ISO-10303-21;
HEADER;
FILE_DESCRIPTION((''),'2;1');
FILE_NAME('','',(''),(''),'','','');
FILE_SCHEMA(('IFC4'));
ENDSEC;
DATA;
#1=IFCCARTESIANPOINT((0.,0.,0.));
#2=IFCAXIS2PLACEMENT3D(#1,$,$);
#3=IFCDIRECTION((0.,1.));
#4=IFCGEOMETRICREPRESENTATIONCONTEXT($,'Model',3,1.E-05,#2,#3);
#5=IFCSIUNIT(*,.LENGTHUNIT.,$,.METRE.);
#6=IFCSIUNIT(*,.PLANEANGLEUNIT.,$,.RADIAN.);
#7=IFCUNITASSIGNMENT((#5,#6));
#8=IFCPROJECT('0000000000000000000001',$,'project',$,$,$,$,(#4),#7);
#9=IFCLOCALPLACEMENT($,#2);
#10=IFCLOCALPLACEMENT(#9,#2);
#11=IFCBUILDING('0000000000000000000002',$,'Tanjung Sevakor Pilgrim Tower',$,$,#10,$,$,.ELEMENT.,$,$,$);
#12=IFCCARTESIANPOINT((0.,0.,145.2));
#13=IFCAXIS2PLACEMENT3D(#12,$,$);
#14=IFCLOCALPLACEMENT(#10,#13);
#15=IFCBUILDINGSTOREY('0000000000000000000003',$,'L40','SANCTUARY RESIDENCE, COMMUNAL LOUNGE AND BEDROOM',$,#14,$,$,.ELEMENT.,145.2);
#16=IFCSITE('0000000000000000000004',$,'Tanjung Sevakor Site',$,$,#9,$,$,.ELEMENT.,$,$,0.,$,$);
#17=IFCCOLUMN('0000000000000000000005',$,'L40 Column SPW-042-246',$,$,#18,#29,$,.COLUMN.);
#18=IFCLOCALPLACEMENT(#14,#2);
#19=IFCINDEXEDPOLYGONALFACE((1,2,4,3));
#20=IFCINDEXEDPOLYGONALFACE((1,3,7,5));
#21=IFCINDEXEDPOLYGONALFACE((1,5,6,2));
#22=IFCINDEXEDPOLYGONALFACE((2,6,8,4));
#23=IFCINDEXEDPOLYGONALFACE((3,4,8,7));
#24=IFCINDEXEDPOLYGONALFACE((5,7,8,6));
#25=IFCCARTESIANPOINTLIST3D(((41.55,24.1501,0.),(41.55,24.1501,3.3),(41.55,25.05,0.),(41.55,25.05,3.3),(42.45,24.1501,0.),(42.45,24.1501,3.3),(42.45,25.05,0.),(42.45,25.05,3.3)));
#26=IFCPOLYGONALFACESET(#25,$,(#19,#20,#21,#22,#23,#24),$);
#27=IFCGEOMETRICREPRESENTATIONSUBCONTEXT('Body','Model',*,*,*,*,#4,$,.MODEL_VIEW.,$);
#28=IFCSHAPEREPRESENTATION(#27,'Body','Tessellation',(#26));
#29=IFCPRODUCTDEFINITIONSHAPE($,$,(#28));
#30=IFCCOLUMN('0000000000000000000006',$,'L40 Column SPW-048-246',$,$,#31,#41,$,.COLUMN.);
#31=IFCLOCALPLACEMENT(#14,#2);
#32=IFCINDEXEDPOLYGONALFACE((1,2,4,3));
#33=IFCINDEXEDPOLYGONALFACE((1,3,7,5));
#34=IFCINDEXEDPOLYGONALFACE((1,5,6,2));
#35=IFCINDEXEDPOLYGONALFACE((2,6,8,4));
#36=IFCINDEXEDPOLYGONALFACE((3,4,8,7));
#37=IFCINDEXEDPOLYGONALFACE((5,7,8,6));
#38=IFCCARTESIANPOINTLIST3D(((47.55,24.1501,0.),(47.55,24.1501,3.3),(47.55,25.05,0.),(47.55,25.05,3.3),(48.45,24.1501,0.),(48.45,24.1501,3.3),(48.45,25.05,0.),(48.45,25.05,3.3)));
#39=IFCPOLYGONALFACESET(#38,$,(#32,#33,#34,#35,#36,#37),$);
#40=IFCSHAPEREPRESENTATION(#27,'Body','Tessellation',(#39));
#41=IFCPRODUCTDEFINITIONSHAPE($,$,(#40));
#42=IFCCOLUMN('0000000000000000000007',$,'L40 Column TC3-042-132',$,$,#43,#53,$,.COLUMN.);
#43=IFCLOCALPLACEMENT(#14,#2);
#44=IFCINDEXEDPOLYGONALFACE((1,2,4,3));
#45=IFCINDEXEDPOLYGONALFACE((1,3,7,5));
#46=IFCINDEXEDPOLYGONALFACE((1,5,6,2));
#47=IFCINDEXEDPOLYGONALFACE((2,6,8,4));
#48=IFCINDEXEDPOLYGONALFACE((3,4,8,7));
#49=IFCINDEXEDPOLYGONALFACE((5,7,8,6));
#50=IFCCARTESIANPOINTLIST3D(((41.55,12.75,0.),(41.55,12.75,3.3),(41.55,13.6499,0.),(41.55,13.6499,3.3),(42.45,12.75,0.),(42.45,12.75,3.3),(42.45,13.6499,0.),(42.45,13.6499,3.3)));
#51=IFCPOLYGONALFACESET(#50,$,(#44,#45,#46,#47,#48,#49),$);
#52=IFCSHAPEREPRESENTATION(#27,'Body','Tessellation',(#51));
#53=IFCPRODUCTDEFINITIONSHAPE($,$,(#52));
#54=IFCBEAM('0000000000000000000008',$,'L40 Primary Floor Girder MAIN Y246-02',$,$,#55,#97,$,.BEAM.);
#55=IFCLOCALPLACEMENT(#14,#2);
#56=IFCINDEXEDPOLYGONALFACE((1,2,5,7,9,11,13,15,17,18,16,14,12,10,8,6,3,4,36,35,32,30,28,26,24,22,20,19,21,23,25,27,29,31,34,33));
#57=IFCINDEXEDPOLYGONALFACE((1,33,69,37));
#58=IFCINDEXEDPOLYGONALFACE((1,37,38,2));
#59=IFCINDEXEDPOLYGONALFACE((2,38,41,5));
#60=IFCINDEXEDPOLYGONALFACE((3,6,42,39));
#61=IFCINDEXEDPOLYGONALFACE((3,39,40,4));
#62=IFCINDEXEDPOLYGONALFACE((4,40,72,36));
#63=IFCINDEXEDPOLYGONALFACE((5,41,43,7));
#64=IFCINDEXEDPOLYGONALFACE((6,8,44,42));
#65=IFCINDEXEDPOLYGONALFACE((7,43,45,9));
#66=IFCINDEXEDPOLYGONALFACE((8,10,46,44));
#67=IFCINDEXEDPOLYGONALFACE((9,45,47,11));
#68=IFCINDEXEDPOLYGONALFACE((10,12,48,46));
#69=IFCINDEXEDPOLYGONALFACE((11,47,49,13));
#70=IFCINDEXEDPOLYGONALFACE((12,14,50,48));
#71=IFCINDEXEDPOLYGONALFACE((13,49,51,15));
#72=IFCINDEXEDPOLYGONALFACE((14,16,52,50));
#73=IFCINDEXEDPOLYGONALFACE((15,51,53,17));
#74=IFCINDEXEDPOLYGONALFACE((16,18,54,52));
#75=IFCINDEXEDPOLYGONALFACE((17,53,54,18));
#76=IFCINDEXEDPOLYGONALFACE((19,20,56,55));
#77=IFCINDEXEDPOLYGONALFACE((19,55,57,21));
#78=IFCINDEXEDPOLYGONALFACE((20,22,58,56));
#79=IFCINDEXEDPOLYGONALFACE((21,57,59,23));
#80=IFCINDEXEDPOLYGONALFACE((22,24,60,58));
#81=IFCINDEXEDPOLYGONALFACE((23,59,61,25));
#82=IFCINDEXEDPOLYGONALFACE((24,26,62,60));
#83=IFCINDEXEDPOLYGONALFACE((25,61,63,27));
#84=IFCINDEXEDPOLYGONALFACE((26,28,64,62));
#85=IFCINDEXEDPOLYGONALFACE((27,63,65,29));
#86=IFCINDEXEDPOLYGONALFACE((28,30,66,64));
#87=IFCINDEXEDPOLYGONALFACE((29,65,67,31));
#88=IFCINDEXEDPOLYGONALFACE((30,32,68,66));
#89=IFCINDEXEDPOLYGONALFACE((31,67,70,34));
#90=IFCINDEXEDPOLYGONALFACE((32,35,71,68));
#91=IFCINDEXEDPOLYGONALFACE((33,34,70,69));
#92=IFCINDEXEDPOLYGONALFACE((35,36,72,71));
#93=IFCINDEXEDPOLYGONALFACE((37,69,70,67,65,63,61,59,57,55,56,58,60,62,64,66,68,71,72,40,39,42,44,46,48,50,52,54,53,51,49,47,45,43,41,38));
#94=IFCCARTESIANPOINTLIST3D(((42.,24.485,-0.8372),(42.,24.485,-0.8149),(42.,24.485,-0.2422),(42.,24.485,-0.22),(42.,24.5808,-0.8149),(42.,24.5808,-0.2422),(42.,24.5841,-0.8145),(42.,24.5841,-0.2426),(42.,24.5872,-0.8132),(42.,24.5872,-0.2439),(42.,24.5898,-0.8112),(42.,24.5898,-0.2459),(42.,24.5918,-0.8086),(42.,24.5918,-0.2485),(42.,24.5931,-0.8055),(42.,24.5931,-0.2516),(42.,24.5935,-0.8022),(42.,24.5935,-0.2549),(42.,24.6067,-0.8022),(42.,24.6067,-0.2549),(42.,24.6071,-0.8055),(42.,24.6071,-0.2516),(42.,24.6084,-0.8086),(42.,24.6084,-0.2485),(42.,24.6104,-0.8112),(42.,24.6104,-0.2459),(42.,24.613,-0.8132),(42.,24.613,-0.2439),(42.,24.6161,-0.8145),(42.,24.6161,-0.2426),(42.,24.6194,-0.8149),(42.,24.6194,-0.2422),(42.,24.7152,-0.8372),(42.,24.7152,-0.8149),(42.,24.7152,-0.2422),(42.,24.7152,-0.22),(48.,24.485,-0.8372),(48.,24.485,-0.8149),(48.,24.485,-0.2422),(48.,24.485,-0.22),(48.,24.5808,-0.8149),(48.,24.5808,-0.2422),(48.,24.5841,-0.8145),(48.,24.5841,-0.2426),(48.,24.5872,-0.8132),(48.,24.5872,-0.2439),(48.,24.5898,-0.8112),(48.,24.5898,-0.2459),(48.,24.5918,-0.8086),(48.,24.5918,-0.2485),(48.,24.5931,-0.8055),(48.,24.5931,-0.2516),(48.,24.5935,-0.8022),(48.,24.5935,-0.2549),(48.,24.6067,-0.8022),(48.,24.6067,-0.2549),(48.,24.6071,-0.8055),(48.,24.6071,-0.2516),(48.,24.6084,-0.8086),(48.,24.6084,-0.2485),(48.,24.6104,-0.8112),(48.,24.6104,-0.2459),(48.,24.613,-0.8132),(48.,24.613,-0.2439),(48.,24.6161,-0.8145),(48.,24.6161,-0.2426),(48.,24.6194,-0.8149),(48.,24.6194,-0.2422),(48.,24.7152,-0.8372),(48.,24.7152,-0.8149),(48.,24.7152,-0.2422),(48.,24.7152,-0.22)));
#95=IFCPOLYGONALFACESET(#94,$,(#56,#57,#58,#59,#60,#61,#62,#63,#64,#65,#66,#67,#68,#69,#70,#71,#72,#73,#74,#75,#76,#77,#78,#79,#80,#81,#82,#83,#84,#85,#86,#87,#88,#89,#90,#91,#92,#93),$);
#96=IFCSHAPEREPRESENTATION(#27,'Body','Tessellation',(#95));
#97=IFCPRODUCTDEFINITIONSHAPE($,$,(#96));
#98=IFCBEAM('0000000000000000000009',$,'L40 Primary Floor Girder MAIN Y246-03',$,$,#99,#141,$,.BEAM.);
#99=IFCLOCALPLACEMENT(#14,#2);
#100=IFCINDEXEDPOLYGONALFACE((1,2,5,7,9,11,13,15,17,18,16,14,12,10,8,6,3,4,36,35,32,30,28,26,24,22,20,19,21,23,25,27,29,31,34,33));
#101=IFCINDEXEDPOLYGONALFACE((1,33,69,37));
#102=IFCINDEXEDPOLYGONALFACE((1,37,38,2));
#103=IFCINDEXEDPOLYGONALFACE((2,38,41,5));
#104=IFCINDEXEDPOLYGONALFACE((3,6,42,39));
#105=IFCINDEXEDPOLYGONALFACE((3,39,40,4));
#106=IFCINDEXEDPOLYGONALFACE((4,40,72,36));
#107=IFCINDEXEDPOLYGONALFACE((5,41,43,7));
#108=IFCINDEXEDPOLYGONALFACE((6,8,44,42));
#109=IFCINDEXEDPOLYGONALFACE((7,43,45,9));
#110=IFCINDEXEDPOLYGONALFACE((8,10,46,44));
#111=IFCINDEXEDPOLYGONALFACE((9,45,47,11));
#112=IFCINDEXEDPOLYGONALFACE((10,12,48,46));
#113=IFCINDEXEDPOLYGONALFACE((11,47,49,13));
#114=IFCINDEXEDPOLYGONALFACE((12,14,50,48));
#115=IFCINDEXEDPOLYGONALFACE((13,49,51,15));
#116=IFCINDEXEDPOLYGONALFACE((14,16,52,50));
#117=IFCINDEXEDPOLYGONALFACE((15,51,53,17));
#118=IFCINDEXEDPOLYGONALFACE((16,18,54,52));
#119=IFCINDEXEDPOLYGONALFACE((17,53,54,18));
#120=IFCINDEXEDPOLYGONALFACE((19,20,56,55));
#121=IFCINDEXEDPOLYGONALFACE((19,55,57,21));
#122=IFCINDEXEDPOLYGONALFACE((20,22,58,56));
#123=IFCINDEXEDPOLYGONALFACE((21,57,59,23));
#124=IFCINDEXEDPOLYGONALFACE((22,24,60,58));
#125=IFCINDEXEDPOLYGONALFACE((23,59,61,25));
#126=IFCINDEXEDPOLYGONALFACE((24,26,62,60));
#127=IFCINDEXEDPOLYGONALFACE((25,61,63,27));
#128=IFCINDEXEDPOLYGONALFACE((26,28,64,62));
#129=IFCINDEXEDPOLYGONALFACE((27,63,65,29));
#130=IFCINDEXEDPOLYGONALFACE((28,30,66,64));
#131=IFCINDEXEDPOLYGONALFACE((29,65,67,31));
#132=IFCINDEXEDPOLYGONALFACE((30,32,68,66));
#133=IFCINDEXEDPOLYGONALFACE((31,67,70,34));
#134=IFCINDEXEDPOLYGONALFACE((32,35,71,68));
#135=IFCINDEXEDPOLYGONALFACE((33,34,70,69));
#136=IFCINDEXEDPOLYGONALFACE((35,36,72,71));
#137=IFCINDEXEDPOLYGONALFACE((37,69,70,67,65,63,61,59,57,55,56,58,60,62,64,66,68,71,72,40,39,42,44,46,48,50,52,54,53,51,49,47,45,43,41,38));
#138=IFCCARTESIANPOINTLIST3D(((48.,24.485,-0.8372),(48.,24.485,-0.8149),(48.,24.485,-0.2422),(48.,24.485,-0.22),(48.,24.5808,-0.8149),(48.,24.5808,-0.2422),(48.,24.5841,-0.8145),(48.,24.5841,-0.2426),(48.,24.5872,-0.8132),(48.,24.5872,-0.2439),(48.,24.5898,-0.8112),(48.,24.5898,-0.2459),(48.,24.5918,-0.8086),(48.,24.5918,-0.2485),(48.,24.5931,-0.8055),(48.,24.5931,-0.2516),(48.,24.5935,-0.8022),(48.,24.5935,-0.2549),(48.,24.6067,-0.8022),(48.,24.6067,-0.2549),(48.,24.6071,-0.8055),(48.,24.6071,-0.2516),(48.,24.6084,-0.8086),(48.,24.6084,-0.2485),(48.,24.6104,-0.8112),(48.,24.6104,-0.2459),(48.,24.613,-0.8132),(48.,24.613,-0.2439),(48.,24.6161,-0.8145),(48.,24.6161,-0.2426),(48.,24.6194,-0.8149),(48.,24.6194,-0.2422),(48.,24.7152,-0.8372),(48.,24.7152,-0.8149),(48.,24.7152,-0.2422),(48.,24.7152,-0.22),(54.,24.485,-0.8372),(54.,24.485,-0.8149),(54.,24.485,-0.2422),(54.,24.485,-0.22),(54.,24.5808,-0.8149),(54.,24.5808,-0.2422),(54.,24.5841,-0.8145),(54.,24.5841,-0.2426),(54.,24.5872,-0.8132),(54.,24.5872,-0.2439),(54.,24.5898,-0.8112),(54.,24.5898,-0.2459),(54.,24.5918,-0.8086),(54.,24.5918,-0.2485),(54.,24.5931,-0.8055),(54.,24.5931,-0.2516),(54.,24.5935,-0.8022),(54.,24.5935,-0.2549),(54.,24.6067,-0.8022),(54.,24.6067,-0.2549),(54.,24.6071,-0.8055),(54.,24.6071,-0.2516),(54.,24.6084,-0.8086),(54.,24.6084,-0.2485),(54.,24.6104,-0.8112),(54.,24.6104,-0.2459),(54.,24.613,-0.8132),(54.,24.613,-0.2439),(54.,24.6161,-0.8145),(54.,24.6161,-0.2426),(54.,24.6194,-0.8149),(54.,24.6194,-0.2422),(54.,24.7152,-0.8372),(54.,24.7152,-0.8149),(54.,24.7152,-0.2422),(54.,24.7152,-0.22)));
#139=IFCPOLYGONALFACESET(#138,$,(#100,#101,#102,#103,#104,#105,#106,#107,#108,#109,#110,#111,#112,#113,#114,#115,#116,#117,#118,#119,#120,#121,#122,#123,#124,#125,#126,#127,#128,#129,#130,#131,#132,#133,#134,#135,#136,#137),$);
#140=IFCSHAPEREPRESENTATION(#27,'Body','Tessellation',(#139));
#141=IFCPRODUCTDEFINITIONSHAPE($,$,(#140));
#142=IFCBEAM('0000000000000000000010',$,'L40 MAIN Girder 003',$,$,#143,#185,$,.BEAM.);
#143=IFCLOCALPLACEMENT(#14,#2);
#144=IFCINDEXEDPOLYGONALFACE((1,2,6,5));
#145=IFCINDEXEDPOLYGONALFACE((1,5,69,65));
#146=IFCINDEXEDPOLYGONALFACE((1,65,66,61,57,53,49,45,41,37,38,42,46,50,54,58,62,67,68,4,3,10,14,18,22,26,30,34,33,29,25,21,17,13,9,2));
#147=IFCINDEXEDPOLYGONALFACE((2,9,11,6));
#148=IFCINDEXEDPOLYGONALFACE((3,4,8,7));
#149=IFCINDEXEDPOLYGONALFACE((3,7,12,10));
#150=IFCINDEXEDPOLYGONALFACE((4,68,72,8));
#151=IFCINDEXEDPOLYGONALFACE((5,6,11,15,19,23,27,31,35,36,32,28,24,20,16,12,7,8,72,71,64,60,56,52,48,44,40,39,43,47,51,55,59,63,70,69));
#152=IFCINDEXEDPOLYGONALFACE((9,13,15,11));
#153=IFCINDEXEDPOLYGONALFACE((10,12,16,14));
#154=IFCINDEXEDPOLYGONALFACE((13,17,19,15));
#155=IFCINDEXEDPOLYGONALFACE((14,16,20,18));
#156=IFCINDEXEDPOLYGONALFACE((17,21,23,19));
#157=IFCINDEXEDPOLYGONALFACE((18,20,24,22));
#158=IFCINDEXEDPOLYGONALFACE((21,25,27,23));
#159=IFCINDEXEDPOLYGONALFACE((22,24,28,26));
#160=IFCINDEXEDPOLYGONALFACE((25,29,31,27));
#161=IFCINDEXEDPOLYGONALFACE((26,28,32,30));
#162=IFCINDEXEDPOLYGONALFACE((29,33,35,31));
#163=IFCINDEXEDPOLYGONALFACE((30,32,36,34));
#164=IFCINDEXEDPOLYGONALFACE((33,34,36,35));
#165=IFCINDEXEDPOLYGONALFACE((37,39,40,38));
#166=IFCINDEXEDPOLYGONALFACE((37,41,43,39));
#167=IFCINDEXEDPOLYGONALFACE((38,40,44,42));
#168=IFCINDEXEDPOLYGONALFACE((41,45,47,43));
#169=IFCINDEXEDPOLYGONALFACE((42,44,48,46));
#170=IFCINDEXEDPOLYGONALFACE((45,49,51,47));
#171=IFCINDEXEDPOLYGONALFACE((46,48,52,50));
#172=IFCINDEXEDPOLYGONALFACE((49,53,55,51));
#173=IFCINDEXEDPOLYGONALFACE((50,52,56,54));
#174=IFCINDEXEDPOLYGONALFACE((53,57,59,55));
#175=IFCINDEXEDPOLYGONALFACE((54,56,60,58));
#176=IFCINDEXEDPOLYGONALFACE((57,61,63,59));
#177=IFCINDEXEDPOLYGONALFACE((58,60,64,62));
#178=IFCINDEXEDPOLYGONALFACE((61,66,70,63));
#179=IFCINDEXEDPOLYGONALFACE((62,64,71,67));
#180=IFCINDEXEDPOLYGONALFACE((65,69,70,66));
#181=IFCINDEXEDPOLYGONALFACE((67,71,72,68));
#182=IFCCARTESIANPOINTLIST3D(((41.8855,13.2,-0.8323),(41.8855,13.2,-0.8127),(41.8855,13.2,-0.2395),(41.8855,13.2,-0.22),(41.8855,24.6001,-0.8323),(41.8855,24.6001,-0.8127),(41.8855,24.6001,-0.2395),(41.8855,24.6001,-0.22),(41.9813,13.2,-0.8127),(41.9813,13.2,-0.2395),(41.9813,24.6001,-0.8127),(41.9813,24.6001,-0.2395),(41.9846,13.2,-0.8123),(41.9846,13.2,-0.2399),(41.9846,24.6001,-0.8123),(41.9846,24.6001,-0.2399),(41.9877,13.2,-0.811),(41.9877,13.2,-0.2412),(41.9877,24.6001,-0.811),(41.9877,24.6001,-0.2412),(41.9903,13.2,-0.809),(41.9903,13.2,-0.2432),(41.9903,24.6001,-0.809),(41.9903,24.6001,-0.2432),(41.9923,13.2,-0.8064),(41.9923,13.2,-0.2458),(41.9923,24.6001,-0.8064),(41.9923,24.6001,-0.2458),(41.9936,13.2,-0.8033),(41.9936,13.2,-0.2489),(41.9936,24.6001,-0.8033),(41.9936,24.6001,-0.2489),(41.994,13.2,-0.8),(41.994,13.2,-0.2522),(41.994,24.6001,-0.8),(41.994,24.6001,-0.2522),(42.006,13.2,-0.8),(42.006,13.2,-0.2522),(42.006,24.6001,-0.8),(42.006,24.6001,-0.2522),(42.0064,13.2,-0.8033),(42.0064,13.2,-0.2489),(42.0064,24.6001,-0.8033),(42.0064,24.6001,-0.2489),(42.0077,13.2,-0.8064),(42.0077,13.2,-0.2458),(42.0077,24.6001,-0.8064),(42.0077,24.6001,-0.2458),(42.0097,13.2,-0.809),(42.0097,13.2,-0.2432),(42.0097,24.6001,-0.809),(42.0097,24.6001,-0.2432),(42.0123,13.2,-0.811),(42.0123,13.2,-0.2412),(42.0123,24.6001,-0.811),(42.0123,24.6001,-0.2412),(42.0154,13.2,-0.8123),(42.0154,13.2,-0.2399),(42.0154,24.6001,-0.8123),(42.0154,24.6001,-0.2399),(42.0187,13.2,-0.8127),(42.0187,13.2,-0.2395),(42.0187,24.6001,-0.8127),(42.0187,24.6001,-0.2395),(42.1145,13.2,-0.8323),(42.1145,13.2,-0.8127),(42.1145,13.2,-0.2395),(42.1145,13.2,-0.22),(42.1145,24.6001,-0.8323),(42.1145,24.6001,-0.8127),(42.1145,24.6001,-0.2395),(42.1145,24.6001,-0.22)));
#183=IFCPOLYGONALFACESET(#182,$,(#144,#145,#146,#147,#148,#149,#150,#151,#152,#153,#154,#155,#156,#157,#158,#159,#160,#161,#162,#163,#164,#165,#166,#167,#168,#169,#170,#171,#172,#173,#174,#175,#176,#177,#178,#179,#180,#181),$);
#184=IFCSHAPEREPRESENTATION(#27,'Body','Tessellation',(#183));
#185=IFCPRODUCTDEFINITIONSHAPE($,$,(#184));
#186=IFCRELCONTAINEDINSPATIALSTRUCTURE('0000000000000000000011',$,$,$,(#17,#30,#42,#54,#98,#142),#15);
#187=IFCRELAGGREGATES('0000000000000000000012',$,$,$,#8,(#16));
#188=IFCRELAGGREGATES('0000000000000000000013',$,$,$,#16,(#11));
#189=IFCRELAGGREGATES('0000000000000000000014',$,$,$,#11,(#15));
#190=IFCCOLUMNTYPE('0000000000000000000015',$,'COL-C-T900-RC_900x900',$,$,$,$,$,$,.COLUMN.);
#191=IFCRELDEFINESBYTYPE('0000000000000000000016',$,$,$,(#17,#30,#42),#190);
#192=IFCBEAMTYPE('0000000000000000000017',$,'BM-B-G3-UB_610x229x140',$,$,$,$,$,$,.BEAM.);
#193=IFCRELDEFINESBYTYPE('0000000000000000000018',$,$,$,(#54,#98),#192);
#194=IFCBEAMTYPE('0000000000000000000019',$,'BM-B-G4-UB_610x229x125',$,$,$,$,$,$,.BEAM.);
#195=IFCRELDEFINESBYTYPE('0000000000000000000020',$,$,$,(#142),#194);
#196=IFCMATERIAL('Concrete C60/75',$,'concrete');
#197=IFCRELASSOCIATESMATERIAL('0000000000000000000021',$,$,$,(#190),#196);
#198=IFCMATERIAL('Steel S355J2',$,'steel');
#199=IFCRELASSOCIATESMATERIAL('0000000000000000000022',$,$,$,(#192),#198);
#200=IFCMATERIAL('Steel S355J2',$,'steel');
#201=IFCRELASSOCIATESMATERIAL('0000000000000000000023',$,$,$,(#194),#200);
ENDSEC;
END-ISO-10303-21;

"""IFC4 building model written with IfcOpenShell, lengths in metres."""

from ifc_helpers import new_model, si_unit, direction, frame, origin, origin_2d, place, context, subcontext, project, spatial, rectangle, i_section, extrude, material, material_profile, profile_set, type_object, element, save


model = new_model("IFC4")

# Units and contexts
model_context = context("Model", 3, precision=1e-05, world=origin(), true_north=direction((0.0, 1.0)))
body_context = subcontext(model_context, "Body", "Model", "MODEL_VIEW")
ifc_project = project(units=[si_unit("LENGTHUNIT", "METRE"), si_unit("PLANEANGLEUNIT", "RADIAN")], contexts=[model_context])

# Site, building, storey
site_placement = place(None, origin())
site = spatial("IfcSite", under=ifc_project, at=site_placement, Name="Tanjung Sevakor Site", CompositionType="ELEMENT", RefElevation=0.0)
building_placement = place(site_placement, origin())
building = spatial("IfcBuilding", under=site, at=building_placement, Name="Tanjung Sevakor Pilgrim Tower", CompositionType="ELEMENT")
storey_placement = place(building_placement, frame((0.0, 0.0, 145.2)))
storey = spatial("IfcBuildingStorey", under=building, at=storey_placement, Name="L40", Description="SANCTUARY RESIDENCE, COMMUNAL LOUNGE AND BEDROOM", CompositionType="ELEMENT", Elevation=145.2)

# Columns
ifc_material_1 = material(Name="Concrete C60/75", Category="concrete")
ifc_material_profile_1 = material_profile(ifc_material_1, rectangle(XDim=0.8999, YDim=0.8999, at=origin_2d()))
ifc_profile_set_1 = profile_set([ifc_material_profile_1], Name="Concrete C60/75")
column_type = type_object("IfcColumnType", Name="COL-C-T900-RC_900x900", PredefinedType="COLUMN", material=ifc_profile_set_1)
for number, where, z_axis, x_axis, name in (
    (1, (42.0, 24.6001, 0.0), (0.0, 0.0, 1.0), (1.0, 0.0, 0.0), "L40 Column SPW-042-246"),
    (2, (48.0, 24.6001, 0.0), (0.0, 0.0, 1.0), (1.0, 0.0, 0.0), "L40 Column SPW-048-246"),
    (3, (42.0, 13.2, 0.0), (0.0, 0.0, 1.0), (1.0, 0.0, 0.0), "L40 Column TC3-042-132"),
):
    element("IfcColumn", number, at=place(storey_placement, frame(where, z_axis=z_axis, x_axis=x_axis)), inside=storey, type_object=column_type, Name=name, PredefinedType="COLUMN", context=body_context, shape_type="SweptSolid", body=[
        extrude(rectangle(XDim=0.8999, YDim=0.8999, at=origin_2d()), origin(), (0.0, 0.0, 1.0), 3.3),
    ])

# Beams
ifc_material_2 = material(Name="Steel S355J2", Category="steel")
ifc_material_profile_2 = material_profile(ifc_material_2, i_section(OverallWidth=0.2302, OverallDepth=0.6172, WebThickness=0.0132, FlangeThickness=0.0222, FilletRadius=0.0127, at=origin_2d()))
ifc_profile_set_2 = profile_set([ifc_material_profile_2], Name="Steel S355J2")
beam_type_1 = type_object("IfcBeamType", Name="BM-B-G3-UB_610x229x140", PredefinedType="BEAM", material=ifc_profile_set_2)
for number, where, z_axis, x_axis, name in (
    (4, (42.0, 24.6001, -0.5286), (1.0, 0.0, 0.0), (0.0, 1.0, 0.0), "L40 Primary Floor Girder MAIN Y246-02"),
    (5, (48.0, 24.6001, -0.5286), (1.0, 0.0, 0.0), (0.0, 1.0, 0.0), "L40 Primary Floor Girder MAIN Y246-03"),
):
    element("IfcBeam", number, at=place(storey_placement, frame(where, z_axis=z_axis, x_axis=x_axis)), inside=storey, type_object=beam_type_1, Name=name, PredefinedType="BEAM", context=body_context, shape_type="SweptSolid", body=[
        extrude(i_section(OverallWidth=0.2302, OverallDepth=0.6172, WebThickness=0.0132, FlangeThickness=0.0222, FilletRadius=0.0127, at=origin_2d()), origin(), (0.0, 0.0, 1.0), 6.0),
    ])
ifc_material_3 = material(Name="Steel S355J2", Category="steel")
ifc_material_profile_3 = material_profile(ifc_material_3, i_section(OverallWidth=0.229, OverallDepth=0.6123, WebThickness=0.012, FlangeThickness=0.0195, FilletRadius=0.0127, at=origin_2d()))
ifc_profile_set_3 = profile_set([ifc_material_profile_3], Name="Steel S355J2")
beam_type_2 = type_object("IfcBeamType", Name="BM-B-G4-UB_610x229x125", PredefinedType="BEAM", material=ifc_profile_set_3)
beam_1_placement = place(storey_placement, frame((42.0, 13.2, -0.5261), z_axis=(0.0, 1.0, 0.0), x_axis=(-1.0, 0.0, 0.0)))
element("IfcBeam", 6, at=beam_1_placement, inside=storey, type_object=beam_type_2, Name="L40 MAIN Girder 003", PredefinedType="BEAM", context=body_context, shape_type="SweptSolid", body=[
    extrude(i_section(OverallWidth=0.229, OverallDepth=0.6123, WebThickness=0.012, FlangeThickness=0.0195, FilletRadius=0.0127, at=origin_2d()), origin(), (0.0, 0.0, 1.0), 11.4001),
])

save(model, "model.ifc")
